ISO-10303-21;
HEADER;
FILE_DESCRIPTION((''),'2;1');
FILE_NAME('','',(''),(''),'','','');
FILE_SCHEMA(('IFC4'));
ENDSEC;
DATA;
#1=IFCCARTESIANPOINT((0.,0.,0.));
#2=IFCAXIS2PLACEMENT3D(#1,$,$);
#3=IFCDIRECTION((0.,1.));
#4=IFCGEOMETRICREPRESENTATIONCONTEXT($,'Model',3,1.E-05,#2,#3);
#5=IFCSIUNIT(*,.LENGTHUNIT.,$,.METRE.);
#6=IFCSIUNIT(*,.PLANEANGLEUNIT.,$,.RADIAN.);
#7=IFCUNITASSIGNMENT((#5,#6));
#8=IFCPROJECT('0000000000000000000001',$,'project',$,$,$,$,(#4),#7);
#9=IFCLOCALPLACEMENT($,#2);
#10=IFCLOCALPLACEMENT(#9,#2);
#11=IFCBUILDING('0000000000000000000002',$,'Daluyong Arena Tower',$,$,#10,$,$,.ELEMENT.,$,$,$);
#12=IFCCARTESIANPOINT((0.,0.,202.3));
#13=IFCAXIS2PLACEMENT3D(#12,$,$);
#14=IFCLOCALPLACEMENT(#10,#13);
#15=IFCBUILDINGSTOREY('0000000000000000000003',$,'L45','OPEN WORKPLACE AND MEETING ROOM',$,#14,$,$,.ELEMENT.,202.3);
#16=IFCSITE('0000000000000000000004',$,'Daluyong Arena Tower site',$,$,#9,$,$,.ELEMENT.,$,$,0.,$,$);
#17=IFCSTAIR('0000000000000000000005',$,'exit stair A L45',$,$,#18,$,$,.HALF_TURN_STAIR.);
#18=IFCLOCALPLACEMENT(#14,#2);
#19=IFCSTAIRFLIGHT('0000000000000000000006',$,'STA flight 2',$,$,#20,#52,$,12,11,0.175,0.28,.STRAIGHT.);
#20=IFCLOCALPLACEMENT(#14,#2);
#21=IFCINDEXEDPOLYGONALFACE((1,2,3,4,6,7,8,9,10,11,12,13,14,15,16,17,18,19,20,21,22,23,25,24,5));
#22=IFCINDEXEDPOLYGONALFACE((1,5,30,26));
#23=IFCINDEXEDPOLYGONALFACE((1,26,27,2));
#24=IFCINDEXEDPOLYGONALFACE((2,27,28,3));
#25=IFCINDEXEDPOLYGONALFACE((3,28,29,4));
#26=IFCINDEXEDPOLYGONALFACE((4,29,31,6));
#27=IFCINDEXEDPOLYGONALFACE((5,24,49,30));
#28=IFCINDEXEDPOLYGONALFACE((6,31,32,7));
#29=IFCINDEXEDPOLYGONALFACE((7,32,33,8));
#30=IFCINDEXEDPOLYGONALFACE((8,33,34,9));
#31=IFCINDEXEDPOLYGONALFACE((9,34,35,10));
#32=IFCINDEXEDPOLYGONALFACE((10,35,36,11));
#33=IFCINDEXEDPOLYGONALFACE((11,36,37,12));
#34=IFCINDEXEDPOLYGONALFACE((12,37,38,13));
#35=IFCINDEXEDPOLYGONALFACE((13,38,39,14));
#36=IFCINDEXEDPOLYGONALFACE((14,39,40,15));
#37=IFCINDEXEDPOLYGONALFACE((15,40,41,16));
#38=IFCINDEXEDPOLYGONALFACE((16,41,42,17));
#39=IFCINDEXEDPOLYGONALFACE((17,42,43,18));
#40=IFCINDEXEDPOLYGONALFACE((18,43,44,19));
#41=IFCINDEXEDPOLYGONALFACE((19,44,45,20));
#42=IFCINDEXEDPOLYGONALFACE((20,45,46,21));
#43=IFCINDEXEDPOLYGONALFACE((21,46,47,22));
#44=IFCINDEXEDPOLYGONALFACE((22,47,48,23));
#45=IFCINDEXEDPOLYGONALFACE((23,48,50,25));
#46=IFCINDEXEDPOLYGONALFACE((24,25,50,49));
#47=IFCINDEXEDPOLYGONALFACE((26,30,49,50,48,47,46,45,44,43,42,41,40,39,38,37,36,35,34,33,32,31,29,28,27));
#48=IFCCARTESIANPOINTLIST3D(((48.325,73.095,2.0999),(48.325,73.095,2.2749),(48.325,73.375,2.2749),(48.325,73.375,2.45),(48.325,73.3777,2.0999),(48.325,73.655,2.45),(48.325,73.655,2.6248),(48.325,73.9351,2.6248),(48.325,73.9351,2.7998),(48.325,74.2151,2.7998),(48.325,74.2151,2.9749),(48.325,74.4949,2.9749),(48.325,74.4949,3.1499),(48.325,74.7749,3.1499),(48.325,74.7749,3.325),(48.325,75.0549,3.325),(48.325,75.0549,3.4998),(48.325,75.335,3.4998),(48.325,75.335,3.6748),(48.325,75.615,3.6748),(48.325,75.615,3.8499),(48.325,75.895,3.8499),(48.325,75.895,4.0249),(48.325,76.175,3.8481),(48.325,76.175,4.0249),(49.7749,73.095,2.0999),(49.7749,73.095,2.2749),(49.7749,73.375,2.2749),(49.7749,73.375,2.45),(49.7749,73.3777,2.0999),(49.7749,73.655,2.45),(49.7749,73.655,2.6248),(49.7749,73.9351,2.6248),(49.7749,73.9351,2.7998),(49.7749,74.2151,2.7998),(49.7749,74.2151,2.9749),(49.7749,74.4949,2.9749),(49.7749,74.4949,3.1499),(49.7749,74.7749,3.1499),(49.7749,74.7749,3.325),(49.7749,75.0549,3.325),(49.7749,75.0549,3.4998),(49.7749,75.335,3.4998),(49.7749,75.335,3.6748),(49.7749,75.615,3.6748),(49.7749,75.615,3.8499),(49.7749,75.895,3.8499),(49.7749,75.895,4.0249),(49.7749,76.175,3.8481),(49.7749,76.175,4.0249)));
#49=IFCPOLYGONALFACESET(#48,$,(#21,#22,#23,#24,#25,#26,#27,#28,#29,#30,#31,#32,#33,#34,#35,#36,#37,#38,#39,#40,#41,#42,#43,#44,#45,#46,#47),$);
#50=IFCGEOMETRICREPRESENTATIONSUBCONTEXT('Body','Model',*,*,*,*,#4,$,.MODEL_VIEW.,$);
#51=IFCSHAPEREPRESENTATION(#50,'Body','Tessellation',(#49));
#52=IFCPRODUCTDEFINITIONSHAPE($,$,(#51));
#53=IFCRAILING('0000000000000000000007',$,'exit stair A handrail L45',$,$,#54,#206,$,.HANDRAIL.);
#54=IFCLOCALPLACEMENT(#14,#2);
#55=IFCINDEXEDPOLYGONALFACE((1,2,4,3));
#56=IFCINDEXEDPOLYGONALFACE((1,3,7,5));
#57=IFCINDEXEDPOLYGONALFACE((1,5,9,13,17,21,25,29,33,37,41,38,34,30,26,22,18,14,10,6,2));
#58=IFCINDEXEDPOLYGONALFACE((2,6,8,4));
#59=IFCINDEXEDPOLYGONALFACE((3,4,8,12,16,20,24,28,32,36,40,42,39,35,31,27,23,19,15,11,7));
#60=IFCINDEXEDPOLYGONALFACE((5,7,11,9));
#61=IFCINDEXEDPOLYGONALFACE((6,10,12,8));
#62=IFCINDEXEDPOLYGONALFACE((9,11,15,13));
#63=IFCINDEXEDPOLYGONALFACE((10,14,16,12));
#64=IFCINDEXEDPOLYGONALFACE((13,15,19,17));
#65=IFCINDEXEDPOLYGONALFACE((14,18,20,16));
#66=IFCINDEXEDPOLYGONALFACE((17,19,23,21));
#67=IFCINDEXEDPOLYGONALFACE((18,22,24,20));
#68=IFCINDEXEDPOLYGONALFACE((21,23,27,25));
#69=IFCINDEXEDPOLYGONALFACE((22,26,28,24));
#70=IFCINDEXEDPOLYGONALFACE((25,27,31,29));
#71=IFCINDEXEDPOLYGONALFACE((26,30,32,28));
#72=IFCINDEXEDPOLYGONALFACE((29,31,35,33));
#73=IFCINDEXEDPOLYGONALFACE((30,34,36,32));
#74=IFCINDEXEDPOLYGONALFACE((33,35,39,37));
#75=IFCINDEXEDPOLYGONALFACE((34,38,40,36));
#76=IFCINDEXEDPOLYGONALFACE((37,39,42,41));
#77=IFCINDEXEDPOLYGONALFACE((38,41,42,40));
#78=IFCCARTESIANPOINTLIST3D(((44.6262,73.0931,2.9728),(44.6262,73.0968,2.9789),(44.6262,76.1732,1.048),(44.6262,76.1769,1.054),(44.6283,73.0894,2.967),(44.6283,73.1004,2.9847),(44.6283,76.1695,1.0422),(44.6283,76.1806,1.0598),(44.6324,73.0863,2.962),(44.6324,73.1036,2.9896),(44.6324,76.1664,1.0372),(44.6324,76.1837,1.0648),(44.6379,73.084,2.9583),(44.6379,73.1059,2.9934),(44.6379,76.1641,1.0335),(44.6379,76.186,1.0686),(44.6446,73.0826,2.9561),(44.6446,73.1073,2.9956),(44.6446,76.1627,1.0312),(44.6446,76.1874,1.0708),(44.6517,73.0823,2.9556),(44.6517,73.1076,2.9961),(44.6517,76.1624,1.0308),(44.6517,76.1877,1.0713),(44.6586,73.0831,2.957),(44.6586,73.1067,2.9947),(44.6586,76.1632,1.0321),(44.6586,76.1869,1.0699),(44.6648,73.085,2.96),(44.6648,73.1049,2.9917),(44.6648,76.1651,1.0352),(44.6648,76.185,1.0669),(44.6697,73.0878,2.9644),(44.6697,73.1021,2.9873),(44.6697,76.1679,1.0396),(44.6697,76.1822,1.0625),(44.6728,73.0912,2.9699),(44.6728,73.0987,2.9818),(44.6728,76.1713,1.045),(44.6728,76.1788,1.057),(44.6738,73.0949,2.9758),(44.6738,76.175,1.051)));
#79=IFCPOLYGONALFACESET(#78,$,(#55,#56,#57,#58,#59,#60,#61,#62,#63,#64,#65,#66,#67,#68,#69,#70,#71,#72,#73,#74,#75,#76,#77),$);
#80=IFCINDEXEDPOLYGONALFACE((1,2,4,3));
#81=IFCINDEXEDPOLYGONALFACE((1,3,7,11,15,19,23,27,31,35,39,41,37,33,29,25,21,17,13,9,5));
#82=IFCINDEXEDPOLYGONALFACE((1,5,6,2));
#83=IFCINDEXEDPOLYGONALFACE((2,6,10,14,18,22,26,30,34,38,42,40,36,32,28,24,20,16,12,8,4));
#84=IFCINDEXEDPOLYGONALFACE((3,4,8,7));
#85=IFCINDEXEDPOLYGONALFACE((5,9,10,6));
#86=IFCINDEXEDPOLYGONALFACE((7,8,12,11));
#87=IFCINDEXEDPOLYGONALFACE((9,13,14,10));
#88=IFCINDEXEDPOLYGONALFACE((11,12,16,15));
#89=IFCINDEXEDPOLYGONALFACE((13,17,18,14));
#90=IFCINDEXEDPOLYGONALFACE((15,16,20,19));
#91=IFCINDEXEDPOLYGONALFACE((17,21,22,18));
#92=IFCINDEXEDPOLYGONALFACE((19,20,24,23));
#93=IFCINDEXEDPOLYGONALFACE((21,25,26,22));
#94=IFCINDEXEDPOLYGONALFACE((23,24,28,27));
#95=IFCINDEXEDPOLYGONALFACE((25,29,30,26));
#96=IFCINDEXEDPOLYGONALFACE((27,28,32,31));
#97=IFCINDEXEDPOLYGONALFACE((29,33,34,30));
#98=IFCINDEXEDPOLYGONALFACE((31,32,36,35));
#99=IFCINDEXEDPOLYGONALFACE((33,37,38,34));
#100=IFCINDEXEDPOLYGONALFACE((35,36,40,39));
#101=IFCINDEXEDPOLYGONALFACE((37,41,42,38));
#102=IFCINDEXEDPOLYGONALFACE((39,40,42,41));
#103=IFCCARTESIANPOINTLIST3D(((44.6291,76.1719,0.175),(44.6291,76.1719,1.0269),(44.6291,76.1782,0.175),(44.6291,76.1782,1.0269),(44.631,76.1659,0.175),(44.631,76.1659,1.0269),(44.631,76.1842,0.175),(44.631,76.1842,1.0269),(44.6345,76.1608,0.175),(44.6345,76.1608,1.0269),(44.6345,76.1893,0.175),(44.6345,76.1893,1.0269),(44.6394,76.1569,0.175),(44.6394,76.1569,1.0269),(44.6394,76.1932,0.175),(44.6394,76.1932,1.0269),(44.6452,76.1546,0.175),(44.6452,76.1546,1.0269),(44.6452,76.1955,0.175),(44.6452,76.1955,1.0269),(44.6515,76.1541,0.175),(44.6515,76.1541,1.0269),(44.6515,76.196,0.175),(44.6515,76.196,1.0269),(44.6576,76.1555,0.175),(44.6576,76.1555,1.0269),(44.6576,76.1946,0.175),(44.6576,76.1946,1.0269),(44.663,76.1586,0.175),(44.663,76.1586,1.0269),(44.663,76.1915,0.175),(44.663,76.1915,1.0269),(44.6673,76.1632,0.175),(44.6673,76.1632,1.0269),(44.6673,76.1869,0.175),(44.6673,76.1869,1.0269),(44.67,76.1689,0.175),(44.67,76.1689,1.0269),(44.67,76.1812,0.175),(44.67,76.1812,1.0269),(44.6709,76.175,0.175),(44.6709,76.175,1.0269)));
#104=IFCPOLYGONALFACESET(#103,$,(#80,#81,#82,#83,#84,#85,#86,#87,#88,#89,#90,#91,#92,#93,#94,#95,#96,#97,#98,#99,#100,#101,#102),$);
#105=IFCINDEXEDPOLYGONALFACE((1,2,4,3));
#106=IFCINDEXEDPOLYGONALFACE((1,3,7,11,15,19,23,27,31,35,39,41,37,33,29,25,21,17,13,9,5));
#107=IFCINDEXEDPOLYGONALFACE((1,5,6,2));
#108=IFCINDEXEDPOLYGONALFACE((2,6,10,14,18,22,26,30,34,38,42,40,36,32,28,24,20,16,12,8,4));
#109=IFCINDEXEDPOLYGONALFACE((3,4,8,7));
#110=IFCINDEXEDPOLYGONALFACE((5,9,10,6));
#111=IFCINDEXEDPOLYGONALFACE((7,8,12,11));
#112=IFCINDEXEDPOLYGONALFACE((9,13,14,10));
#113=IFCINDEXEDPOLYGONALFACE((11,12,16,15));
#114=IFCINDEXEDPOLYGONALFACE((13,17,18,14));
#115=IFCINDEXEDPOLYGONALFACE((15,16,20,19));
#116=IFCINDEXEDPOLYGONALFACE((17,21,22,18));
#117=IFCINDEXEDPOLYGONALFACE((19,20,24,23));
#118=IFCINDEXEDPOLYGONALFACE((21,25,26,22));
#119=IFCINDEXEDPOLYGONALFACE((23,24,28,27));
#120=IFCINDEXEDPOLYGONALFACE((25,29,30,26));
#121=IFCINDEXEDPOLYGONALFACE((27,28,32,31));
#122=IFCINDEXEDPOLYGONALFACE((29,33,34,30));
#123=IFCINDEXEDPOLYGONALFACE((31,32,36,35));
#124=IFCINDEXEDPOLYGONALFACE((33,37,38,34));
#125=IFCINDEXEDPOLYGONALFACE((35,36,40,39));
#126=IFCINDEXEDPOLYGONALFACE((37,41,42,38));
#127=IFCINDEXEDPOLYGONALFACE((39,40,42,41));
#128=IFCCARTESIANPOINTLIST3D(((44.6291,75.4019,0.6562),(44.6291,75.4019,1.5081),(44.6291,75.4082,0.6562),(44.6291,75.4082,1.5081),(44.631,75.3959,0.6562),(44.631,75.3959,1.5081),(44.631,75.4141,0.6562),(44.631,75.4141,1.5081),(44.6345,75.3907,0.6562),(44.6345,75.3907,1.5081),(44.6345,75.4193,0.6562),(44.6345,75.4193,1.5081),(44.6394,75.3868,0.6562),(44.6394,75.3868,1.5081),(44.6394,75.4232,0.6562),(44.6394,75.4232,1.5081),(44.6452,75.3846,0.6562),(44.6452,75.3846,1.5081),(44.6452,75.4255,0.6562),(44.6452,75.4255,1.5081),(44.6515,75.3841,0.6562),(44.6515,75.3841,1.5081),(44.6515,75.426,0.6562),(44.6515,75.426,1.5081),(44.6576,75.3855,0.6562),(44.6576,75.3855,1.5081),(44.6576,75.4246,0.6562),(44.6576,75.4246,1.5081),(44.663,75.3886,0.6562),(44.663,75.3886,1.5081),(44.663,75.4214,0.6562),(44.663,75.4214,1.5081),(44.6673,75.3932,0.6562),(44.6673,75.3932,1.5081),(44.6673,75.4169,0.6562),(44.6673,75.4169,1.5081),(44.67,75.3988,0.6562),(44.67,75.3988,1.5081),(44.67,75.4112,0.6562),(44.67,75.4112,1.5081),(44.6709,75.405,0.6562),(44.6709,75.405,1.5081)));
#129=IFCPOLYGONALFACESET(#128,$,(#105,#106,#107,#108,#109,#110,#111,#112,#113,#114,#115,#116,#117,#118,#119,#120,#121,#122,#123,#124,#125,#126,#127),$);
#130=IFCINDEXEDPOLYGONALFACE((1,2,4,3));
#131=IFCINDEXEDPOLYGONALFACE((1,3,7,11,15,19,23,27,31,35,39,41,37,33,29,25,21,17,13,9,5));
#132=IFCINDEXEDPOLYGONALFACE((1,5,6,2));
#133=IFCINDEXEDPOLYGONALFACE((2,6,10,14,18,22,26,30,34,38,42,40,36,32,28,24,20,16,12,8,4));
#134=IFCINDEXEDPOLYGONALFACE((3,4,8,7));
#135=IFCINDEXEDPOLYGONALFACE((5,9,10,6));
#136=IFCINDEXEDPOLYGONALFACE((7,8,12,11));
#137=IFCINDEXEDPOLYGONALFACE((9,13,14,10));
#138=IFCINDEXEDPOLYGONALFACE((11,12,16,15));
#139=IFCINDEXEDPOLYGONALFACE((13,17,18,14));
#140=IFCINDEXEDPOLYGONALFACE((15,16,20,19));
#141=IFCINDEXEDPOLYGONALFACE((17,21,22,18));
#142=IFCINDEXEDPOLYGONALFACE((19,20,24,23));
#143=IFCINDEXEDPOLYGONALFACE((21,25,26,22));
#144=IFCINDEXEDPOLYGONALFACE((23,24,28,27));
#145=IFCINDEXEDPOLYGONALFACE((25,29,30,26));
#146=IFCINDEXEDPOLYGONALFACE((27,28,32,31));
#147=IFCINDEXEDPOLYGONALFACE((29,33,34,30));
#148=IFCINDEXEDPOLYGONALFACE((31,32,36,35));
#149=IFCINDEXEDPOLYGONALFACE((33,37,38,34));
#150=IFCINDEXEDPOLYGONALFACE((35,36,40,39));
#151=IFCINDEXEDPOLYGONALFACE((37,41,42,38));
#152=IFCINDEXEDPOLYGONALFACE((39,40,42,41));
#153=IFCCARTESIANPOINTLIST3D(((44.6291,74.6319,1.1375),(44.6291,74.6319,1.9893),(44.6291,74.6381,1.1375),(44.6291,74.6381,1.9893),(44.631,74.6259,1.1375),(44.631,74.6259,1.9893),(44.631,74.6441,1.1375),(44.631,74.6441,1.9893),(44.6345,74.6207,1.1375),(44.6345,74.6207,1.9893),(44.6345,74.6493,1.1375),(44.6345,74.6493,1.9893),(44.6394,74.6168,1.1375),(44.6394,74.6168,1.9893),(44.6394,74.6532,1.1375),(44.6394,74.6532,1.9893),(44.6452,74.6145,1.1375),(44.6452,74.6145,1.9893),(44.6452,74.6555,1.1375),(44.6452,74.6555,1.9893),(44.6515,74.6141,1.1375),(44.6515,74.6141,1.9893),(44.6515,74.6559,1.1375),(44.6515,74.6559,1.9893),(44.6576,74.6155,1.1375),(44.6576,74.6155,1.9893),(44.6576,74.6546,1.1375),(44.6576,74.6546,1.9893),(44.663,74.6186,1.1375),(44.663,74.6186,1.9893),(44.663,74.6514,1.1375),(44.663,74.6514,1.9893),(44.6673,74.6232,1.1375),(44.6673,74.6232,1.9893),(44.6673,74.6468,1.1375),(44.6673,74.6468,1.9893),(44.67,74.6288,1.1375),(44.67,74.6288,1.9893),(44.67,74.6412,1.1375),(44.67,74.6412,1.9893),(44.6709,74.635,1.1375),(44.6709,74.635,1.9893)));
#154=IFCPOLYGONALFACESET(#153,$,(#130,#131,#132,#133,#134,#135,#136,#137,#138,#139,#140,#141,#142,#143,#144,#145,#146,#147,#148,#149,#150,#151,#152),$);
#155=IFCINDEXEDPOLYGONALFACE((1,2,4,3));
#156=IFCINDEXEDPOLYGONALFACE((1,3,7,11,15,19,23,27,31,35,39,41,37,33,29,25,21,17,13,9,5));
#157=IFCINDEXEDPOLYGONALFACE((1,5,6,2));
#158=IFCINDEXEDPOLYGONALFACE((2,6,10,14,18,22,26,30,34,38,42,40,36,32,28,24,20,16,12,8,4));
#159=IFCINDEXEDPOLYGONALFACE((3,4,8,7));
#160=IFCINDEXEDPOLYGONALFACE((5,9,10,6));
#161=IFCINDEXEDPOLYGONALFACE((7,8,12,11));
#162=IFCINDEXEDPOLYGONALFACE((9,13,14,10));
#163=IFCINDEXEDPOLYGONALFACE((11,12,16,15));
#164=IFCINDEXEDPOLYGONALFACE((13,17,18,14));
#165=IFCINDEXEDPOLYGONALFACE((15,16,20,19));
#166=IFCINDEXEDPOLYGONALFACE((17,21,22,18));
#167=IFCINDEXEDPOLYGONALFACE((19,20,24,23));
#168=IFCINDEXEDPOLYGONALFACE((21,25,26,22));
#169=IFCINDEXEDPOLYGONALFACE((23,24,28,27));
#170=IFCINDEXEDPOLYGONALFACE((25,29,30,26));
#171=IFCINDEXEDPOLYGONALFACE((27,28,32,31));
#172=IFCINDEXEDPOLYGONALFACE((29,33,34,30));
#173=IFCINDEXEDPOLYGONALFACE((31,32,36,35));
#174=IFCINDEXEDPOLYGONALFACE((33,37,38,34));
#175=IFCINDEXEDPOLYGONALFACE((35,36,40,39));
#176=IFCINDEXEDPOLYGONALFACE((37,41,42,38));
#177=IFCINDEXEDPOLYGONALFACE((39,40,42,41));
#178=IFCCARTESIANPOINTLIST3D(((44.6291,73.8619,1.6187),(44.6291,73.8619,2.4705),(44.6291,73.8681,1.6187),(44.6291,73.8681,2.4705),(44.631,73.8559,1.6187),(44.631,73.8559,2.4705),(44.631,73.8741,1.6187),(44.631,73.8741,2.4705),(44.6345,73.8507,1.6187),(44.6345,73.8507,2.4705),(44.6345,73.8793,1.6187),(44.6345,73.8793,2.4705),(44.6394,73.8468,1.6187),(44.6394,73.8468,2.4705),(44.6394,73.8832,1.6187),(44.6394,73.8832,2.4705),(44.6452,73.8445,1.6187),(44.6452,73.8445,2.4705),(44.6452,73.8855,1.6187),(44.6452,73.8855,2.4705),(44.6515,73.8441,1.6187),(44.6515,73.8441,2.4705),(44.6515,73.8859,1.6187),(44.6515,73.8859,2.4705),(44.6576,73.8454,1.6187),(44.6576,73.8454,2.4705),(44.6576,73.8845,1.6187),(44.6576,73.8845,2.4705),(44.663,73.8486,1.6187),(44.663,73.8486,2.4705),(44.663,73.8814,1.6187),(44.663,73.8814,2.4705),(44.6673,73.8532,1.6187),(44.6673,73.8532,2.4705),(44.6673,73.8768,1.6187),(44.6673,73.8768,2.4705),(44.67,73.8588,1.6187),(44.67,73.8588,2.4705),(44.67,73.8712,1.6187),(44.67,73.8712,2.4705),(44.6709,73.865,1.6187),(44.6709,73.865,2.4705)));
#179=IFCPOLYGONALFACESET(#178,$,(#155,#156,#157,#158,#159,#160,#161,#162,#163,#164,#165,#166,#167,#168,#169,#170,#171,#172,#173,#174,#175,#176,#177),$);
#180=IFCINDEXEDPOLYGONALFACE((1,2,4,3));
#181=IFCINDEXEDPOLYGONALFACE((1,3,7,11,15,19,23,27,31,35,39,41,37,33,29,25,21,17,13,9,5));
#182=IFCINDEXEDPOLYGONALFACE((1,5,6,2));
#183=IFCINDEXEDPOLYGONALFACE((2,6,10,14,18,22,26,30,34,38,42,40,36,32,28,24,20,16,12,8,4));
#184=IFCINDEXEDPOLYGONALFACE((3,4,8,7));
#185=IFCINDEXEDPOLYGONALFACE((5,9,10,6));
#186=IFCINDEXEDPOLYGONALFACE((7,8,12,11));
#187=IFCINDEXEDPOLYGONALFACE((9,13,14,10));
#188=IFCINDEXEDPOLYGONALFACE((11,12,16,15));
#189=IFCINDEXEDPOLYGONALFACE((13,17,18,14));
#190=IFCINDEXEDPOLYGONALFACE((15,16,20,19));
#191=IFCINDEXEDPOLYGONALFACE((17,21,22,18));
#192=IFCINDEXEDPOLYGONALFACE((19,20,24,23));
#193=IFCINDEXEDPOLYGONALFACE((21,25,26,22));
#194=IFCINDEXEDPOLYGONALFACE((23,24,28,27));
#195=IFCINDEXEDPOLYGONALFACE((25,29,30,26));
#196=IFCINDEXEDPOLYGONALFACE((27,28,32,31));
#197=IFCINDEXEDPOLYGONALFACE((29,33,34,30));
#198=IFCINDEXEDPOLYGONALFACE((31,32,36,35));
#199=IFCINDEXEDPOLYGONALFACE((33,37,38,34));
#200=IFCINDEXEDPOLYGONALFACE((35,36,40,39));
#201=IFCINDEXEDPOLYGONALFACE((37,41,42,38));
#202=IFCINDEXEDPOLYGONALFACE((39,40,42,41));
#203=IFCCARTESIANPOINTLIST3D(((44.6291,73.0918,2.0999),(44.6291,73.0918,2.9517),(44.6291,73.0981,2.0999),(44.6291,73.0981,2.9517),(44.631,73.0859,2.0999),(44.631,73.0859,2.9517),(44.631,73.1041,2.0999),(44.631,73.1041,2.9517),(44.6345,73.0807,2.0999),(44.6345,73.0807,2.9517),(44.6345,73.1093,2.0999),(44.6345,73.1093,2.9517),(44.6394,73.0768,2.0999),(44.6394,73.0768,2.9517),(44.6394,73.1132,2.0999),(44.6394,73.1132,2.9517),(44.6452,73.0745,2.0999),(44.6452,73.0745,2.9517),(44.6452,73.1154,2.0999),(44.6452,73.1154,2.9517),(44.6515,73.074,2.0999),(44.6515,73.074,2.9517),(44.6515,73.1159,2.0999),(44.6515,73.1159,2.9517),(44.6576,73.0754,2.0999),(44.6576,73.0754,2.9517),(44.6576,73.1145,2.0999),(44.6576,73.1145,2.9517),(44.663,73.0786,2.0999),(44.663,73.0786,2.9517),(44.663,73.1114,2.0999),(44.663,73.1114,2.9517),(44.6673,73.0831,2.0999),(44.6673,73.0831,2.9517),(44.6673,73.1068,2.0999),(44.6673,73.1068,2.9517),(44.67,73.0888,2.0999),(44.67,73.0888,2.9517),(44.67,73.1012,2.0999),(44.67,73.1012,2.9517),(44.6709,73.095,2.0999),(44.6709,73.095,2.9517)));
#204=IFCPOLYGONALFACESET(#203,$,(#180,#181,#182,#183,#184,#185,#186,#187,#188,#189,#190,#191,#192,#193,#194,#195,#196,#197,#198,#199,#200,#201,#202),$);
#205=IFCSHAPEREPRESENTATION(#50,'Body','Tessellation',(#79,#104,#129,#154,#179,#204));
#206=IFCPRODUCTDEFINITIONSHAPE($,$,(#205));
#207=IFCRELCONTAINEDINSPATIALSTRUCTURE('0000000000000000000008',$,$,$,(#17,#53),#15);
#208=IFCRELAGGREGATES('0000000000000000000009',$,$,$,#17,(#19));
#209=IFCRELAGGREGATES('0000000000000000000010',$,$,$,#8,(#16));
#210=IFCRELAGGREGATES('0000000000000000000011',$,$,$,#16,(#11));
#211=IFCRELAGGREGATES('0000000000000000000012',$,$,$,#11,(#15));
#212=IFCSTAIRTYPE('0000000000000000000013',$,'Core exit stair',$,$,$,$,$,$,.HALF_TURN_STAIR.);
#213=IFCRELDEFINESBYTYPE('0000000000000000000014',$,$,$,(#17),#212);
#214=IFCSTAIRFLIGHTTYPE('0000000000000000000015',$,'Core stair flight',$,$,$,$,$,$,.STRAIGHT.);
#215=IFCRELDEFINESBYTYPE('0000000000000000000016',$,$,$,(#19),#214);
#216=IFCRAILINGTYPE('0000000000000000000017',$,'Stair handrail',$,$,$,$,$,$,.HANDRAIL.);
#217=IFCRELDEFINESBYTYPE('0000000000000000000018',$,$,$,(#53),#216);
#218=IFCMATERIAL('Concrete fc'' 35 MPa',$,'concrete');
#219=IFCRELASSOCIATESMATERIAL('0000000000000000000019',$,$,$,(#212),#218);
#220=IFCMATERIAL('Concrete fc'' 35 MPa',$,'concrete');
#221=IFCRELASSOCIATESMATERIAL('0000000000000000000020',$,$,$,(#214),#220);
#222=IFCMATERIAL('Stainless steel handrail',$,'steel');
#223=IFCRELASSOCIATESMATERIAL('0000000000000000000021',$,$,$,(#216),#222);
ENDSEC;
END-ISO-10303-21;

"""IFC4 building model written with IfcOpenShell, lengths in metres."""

from ifc_helpers import new_model, si_unit, direction, frame, origin, origin_2d, place, context, subcontext, project, spatial, polyline, circle, outline, extrude, material, type_object, element, aggregate, save


model = new_model("IFC4")

# Units and contexts
model_context = context("Model", 3, precision=1e-05, world=origin(), true_north=direction((0.0, 1.0)))
body_context = subcontext(model_context, "Body", "Model", "MODEL_VIEW")
ifc_project = project(units=[si_unit("LENGTHUNIT", "METRE"), si_unit("PLANEANGLEUNIT", "RADIAN")], contexts=[model_context])

# Site, building, storey
site_placement = place(None, origin())
site = spatial("IfcSite", under=ifc_project, at=site_placement, Name="Daluyong Arena Tower site", CompositionType="ELEMENT", RefElevation=0.0)
building_placement = place(site_placement, origin())
building = spatial("IfcBuilding", under=site, at=building_placement, Name="Daluyong Arena Tower", CompositionType="ELEMENT")
storey_placement = place(building_placement, frame((0.0, 0.0, 202.3)))
storey = spatial("IfcBuildingStorey", under=building, at=storey_placement, Name="L45", Description="OPEN WORKPLACE AND MEETING ROOM", CompositionType="ELEMENT", Elevation=202.3)

# Stair, stair flight
ifc_material_1 = material(Name="Concrete fc' 35 MPa", Category="concrete")
stair_type = type_object("IfcStairType", Name="Core exit stair", PredefinedType="HALF_TURN_STAIR", material=ifc_material_1)
stair_placement = place(storey_placement, origin())
stair = element("IfcStair", 1, at=stair_placement, inside=storey, type_object=stair_type, Name="exit stair A L45", PredefinedType="HALF_TURN_STAIR")
ifc_material_2 = material(Name="Concrete fc' 35 MPa", Category="concrete")
stair_flight_type = type_object("IfcStairFlightType", Name="Core stair flight", PredefinedType="STRAIGHT", material=ifc_material_2)
stair_flight_1_placement = place(storey_placement, frame((49.05, 73.095, 2.0999), z_axis=(0.0, 0.0, 1.0), x_axis=(0.0, 1.0, 0.0)))
stair_flight_1 = element("IfcStairFlight", 2, at=stair_flight_1_placement, type_object=stair_flight_type, Name="STA flight 2", NumberOfRisers=12, NumberOfTreads=11, PredefinedType="STRAIGHT", RiserHeight=0.175, TreadLength=0.28, context=body_context, shape_type="SweptSolid", body=[
    extrude(outline(polyline([(0.0, 0.0), (0.0, 0.175), (0.28, 0.175), (0.28, 0.3501), (0.5601, 0.3501), (0.5601, 0.5249), (0.8401, 0.5249), (0.8401, 0.7), (1.1201, 0.7), (1.1201, 0.875), (1.3999, 0.875), (1.3999, 1.05), (1.6799, 1.05), (1.6799, 1.2251), (1.96, 1.2251), (1.96, 1.3999), (2.24, 1.3999), (2.24, 1.575), (2.52, 1.575), (2.52, 1.75), (2.8, 1.75), (2.8, 1.925), (3.0801, 1.925), (3.0801, 2.1001), (3.0801, 1.7483), (0.2827, 0.0), (0.0, 0.0)])), frame((0.0, 0.7251, 0.0), z_axis=(0.0, -1.0, 0.0), x_axis=(1.0, 0.0, 0.0)), (0.0, 0.0, 1.0), 1.45),
])
aggregate(stair, [stair_flight_1])

# Railing
ifc_material_3 = material(Name="Stainless steel handrail", Category="steel")
railing_type_1 = type_object("IfcRailingType", Name="Stair handrail", PredefinedType="HANDRAIL", material=ifc_material_3)
railing_1_placement = place(storey_placement, frame((44.6499, 76.175, 0.175)))
element("IfcRailing", 3, at=railing_1_placement, inside=storey, type_object=railing_type_1, Name="exit stair A handrail L45", PredefinedType="HANDRAIL", context=body_context, shape_type="SweptSolid", body=[
    extrude(circle(Radius=0.0239, at=origin_2d()), frame((0.0, 0.0, 0.876), z_axis=(0.0, -0.848029, 0.529951), x_axis=(1.0, 0.0, 0.0)), (0.0, 0.0, 1.0), 3.6321),
    extrude(circle(Radius=0.021, at=origin_2d()), origin(), (0.0, 0.0, 1.0), 0.8518),
    extrude(circle(Radius=0.021, at=origin_2d()), frame((0.0, -0.77, 0.4812)), (0.0, 0.0, 1.0), 0.8518),
    extrude(circle(Radius=0.021, at=origin_2d()), frame((0.0, -1.54, 0.9624)), (0.0, 0.0, 1.0), 0.8518),
    extrude(circle(Radius=0.021, at=origin_2d()), frame((0.0, -2.3101, 1.4436)), (0.0, 0.0, 1.0), 0.8518),
    extrude(circle(Radius=0.021, at=origin_2d()), frame((0.0, -3.0801, 1.9248)), (0.0, 0.0, 1.0), 0.8518),
])

save(model, "model.ifc")
